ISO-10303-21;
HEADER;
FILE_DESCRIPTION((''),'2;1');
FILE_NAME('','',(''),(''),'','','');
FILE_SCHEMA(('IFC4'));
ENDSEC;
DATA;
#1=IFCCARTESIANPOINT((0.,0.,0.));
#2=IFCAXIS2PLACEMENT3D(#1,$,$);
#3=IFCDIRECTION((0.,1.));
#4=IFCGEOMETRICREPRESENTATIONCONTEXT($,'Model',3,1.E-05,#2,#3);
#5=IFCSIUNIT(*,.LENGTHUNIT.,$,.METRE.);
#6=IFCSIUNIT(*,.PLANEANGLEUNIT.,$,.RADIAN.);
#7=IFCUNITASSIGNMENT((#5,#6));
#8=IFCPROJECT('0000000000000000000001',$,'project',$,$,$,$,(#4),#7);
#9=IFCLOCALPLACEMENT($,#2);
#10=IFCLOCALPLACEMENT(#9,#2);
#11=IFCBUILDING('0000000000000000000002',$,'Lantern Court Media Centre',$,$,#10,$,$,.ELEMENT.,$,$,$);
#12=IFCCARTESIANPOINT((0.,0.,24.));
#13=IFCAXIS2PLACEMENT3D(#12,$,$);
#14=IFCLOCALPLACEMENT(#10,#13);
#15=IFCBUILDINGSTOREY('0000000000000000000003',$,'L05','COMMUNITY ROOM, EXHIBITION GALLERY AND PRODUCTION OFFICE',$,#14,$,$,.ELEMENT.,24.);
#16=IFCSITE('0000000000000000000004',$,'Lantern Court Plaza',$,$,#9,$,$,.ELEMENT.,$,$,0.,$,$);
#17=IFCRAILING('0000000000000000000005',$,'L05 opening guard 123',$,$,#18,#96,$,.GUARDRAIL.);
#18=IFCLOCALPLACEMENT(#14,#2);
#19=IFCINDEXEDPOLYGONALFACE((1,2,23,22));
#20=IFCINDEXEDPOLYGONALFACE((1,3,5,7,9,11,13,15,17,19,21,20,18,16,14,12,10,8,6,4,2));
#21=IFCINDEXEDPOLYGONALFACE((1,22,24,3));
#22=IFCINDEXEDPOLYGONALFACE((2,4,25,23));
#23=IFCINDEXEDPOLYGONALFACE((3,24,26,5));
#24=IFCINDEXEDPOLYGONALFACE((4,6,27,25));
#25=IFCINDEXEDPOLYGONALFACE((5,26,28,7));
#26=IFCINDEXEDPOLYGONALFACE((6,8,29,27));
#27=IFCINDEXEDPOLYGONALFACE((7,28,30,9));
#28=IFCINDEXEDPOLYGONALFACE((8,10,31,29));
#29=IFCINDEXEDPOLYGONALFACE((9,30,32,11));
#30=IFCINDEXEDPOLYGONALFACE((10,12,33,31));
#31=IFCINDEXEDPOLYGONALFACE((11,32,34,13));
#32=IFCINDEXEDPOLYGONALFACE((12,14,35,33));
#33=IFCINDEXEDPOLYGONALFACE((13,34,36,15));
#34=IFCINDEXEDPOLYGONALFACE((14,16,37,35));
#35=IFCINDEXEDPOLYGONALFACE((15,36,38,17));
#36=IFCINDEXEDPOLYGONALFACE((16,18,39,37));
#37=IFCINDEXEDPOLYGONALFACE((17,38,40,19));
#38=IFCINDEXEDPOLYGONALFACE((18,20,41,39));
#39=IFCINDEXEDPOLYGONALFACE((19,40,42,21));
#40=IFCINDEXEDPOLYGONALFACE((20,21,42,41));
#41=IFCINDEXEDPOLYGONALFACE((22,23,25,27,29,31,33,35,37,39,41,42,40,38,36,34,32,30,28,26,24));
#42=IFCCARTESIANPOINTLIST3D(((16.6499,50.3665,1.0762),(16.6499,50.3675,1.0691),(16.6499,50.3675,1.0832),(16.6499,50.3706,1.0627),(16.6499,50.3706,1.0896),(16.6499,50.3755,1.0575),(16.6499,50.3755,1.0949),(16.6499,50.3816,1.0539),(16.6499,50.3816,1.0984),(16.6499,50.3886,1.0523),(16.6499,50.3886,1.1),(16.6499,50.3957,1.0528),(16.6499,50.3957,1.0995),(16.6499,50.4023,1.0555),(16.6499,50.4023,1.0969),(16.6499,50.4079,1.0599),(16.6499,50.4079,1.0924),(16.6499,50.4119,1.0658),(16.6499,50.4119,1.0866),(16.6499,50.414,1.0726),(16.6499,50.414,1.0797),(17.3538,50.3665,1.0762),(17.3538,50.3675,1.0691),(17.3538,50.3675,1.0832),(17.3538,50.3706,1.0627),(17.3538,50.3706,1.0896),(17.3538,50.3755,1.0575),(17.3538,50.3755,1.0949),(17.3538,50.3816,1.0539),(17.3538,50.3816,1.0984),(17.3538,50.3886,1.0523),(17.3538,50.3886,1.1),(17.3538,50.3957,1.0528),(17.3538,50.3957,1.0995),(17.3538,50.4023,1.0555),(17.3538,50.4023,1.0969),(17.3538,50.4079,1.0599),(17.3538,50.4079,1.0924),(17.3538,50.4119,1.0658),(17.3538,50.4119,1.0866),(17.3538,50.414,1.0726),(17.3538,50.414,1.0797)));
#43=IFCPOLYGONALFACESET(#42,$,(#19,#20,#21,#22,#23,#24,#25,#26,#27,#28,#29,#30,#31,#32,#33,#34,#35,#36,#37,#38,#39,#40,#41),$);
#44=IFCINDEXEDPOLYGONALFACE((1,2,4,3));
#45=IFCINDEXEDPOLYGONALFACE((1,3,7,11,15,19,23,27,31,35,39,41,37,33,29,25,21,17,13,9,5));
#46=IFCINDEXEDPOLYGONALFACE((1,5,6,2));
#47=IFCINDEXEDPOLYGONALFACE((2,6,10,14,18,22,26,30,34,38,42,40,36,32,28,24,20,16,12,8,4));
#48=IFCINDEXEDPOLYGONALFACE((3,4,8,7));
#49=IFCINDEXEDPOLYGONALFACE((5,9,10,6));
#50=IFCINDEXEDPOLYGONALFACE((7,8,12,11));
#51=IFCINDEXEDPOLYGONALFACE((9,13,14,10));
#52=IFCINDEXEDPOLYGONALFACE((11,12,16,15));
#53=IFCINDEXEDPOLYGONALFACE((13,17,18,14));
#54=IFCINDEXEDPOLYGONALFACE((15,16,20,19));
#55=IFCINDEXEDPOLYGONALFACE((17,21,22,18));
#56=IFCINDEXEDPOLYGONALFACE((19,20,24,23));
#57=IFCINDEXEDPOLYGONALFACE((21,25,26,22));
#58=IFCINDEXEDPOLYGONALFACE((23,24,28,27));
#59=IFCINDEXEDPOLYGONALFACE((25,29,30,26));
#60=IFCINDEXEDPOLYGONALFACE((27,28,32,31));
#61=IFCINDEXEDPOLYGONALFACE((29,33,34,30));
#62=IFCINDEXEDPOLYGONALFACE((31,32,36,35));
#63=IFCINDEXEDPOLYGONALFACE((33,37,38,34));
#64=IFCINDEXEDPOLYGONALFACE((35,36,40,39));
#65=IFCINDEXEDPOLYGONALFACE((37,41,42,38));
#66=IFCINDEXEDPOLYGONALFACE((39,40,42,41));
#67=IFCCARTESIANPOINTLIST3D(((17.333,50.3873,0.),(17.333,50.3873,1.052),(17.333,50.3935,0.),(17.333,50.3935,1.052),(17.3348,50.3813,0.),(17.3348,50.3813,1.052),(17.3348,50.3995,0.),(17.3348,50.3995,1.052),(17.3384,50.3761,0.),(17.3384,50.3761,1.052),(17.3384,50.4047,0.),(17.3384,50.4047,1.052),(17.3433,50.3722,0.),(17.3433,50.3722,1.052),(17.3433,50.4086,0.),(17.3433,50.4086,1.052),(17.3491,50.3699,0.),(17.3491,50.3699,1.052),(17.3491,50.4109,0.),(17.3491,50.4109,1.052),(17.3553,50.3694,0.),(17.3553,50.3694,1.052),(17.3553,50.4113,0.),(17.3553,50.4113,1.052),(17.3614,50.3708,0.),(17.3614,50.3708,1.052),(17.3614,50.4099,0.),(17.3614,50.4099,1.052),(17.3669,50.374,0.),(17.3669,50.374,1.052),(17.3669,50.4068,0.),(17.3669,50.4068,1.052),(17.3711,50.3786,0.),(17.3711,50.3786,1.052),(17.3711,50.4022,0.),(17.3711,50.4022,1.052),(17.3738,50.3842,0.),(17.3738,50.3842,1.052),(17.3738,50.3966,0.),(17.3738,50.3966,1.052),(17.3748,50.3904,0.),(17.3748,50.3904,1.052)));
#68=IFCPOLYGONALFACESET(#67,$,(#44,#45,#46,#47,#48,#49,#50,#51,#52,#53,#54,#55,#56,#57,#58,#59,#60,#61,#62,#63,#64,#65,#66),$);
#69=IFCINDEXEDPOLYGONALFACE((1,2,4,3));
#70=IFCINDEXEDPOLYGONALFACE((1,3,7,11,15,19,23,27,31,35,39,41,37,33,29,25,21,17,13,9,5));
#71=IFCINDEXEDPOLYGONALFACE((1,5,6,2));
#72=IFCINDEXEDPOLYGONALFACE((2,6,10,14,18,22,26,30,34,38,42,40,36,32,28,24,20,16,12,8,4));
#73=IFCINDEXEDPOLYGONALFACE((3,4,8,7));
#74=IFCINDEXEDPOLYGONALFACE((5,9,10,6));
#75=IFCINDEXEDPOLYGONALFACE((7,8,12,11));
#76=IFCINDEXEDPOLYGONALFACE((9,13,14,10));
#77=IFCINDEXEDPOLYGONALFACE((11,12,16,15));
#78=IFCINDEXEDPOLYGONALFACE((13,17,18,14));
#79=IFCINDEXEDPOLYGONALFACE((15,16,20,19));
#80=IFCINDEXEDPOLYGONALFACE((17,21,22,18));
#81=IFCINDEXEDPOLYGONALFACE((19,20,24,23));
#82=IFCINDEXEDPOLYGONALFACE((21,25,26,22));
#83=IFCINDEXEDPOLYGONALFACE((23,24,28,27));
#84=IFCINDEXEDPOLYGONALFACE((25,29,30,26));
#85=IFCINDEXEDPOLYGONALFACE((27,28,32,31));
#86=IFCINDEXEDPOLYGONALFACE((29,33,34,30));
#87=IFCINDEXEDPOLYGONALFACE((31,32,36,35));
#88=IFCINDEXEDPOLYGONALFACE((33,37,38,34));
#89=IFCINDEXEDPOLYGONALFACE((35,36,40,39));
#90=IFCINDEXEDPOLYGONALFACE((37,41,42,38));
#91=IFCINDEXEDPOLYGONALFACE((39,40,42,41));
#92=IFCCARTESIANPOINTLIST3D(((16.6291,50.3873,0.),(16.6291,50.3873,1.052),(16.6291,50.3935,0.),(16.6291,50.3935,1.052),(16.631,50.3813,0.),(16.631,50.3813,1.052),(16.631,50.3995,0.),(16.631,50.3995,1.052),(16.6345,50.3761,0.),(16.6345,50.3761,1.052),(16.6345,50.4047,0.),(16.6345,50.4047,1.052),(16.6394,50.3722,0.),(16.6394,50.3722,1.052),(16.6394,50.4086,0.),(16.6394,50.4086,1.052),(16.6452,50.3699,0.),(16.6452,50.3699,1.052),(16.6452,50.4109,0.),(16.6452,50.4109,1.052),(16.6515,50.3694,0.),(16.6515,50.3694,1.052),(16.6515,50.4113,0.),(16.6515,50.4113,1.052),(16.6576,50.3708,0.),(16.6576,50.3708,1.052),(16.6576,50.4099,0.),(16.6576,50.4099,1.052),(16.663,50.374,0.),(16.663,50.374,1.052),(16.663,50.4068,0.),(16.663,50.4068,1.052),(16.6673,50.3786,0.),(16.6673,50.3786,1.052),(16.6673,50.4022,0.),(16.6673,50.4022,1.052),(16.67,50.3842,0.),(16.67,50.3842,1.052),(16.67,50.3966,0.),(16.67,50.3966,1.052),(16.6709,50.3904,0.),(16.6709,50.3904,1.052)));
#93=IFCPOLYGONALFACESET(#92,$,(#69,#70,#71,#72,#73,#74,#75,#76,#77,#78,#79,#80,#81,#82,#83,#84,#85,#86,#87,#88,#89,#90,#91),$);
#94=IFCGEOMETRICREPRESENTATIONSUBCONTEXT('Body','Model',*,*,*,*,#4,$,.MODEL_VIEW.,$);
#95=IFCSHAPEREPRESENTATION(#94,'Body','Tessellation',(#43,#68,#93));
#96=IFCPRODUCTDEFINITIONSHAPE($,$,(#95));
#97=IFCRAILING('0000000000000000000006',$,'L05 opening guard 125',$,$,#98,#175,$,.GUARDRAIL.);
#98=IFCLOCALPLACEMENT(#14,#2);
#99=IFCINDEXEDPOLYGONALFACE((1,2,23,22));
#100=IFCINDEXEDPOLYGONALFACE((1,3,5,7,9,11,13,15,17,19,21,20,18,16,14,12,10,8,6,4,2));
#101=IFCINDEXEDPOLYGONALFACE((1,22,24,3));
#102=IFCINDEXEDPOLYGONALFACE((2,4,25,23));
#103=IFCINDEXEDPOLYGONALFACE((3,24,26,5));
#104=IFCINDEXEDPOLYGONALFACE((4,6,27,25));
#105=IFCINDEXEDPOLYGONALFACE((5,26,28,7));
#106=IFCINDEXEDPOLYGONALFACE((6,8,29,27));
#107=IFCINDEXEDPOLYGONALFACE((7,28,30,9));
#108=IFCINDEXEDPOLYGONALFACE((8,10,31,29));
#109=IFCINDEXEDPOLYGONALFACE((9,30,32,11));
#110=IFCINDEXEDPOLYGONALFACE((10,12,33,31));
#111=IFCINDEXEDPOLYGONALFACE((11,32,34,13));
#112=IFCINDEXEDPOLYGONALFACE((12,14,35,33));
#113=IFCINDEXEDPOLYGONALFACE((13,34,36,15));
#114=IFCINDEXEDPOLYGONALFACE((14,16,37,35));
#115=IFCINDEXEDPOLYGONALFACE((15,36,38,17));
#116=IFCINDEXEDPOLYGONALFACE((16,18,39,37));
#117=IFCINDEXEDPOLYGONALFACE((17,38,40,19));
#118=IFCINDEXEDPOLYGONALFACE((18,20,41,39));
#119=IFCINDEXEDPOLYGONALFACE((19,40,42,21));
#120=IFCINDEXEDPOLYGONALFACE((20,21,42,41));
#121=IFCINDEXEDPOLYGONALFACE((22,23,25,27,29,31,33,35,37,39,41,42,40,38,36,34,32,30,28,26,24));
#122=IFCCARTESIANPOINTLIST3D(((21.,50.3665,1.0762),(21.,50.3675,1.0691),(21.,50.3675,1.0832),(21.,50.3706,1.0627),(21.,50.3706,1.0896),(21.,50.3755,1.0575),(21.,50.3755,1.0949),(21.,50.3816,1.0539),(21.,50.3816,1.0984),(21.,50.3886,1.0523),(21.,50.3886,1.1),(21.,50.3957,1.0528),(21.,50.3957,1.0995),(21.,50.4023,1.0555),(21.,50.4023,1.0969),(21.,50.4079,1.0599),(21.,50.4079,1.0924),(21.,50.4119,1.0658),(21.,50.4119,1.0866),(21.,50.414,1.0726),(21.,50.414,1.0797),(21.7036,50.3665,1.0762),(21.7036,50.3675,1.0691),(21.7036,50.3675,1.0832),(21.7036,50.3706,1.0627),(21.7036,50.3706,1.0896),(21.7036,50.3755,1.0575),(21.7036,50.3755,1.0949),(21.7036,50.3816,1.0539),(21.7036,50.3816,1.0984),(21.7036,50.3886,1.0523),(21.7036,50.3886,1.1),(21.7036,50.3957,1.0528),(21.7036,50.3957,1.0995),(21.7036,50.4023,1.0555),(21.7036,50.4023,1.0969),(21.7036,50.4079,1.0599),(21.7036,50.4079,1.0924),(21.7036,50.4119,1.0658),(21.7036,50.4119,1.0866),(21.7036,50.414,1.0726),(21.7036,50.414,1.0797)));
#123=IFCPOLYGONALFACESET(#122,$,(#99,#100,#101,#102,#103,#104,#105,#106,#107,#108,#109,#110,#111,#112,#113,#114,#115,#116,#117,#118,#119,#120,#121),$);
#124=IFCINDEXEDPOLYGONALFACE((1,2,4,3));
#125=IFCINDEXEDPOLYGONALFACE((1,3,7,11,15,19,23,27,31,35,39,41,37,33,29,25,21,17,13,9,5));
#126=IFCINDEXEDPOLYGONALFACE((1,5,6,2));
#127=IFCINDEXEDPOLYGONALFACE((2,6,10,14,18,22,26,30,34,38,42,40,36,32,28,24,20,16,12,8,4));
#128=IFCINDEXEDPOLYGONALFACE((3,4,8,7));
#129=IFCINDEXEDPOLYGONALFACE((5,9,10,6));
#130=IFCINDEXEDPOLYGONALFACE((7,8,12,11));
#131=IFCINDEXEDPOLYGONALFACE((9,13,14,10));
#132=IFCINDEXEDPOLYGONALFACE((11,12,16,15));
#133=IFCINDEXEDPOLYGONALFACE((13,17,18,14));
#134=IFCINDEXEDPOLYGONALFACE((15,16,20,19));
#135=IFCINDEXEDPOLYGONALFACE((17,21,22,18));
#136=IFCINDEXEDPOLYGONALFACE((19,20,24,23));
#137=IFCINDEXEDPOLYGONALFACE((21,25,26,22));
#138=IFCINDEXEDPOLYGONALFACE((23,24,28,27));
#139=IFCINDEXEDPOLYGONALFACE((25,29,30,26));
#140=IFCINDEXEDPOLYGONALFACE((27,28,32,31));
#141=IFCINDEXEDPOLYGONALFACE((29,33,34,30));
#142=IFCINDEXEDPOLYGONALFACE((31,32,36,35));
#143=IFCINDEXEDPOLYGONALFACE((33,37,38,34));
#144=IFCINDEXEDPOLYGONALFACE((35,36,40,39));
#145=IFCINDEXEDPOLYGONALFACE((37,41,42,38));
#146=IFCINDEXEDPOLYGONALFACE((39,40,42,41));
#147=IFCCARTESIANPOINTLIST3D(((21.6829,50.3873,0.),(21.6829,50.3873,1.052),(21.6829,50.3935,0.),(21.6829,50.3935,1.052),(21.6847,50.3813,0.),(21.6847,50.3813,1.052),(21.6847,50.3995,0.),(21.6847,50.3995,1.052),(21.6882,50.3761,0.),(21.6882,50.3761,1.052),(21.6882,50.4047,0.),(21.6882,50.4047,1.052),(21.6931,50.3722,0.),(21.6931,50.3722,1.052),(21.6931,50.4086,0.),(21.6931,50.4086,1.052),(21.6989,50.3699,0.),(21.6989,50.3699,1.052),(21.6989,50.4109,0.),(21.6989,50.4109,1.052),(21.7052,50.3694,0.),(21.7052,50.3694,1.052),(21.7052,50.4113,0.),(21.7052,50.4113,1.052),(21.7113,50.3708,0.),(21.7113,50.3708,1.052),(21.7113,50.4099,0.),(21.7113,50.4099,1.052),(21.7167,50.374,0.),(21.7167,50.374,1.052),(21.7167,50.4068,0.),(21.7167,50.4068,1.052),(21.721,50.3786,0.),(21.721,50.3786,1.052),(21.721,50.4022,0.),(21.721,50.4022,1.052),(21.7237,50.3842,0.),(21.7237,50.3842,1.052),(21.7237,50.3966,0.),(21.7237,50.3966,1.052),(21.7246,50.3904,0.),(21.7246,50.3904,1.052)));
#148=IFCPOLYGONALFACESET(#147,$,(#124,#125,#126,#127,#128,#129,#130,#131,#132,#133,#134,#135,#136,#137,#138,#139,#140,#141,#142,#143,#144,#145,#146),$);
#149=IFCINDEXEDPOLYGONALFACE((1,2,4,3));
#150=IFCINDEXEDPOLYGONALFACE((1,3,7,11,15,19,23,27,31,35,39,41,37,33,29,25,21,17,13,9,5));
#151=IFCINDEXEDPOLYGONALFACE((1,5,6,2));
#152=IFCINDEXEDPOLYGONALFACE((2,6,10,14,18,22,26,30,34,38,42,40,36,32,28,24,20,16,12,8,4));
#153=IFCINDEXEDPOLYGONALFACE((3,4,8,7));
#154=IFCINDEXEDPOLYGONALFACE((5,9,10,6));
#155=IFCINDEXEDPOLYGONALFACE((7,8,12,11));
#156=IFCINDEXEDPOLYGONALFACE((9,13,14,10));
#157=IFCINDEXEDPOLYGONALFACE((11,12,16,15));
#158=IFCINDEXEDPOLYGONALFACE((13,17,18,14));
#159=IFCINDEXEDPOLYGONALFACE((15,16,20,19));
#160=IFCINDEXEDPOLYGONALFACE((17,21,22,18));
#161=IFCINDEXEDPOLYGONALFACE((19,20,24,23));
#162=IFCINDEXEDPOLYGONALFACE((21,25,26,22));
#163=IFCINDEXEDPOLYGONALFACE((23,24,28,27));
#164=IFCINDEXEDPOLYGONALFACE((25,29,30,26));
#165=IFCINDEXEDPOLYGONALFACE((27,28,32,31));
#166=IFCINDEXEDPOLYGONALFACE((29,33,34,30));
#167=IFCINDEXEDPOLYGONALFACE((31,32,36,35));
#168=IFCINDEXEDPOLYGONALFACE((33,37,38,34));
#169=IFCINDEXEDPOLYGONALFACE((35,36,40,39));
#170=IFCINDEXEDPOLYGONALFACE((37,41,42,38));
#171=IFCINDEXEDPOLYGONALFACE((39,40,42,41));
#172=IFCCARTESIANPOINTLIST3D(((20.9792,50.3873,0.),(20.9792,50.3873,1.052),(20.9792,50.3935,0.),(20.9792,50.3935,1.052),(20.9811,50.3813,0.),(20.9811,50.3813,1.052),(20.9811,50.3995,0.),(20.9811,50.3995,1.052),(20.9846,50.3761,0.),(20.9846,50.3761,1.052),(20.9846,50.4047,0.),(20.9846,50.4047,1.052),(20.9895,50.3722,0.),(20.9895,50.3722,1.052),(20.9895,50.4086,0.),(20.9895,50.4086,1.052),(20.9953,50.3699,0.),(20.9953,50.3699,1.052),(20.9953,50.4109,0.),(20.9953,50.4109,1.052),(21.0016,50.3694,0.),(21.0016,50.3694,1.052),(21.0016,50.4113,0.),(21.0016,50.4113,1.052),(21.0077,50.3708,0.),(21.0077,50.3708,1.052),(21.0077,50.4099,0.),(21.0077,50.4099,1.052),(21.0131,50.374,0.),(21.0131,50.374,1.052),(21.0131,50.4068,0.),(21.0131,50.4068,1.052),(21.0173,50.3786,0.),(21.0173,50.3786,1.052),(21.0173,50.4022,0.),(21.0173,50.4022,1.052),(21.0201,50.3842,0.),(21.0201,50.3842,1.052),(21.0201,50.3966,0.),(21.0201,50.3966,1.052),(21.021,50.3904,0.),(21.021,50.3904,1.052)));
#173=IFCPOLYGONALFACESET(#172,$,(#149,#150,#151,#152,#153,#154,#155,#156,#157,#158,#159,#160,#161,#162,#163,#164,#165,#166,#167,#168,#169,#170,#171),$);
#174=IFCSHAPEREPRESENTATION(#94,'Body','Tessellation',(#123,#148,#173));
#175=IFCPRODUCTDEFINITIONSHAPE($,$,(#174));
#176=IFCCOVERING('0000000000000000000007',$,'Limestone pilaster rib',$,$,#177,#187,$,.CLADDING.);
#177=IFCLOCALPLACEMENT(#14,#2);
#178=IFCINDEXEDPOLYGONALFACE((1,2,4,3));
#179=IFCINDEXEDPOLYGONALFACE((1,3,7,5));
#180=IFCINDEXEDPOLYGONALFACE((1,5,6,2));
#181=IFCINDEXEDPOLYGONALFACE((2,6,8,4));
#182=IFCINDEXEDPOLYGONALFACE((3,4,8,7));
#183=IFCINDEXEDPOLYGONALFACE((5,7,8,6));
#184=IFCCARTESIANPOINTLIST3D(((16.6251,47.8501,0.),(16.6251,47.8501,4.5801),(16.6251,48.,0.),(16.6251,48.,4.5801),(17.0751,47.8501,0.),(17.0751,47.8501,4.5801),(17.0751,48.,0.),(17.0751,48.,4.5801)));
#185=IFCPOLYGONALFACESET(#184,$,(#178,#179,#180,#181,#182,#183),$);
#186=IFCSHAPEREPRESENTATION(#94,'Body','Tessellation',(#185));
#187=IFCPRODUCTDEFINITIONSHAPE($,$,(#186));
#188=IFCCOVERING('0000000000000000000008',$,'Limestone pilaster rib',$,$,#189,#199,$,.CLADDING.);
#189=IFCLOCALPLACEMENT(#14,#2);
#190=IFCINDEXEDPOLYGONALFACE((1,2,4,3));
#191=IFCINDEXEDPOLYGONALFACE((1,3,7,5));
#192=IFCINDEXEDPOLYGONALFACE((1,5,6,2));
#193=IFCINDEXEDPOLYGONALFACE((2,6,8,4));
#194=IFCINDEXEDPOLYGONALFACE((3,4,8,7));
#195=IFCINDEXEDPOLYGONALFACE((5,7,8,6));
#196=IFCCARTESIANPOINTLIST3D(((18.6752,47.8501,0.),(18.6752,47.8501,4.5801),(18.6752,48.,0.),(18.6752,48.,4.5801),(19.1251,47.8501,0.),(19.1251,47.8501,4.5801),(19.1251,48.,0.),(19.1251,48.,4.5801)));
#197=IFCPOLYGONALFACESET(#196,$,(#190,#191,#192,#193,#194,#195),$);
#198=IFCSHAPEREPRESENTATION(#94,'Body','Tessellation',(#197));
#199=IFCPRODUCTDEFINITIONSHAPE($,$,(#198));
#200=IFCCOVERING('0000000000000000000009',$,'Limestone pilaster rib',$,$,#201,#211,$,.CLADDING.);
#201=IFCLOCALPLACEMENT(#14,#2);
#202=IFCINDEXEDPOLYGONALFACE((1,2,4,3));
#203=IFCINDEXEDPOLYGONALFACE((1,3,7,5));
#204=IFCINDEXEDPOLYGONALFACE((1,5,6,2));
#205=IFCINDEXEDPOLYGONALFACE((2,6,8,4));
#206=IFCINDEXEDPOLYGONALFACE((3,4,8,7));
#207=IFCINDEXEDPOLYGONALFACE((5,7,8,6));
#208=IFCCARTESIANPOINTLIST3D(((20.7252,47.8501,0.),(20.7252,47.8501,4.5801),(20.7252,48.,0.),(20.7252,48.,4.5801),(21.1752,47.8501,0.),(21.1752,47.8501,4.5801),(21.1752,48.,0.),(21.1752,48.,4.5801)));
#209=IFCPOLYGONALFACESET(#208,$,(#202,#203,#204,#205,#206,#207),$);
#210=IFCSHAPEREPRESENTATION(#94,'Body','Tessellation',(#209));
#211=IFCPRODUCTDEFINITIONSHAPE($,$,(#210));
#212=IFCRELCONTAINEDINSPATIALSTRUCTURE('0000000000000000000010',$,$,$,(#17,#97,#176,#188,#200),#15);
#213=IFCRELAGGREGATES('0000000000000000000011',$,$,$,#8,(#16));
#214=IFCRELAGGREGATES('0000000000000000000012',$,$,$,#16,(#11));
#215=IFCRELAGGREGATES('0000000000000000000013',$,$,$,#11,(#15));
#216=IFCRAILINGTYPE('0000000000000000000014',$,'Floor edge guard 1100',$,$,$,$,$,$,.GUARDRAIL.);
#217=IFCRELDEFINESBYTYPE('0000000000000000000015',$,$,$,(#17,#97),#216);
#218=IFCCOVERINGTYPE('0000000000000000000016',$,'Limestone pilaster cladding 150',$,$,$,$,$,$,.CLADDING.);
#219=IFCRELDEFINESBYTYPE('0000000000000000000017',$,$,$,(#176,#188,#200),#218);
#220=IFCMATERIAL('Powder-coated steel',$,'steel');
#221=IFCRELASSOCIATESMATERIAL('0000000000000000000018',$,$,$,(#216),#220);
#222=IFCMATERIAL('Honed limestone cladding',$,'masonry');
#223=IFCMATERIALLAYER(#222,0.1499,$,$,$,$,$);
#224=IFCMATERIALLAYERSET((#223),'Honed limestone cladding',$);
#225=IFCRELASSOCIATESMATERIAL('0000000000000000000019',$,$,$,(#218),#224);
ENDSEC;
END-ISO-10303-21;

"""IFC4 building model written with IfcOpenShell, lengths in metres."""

from ifc_helpers import new_model, si_unit, direction, frame, frame_2d, origin, origin_2d, place, context, subcontext, project, spatial, rectangle, circle, extrude, material, layer, layer_set, type_object, element, save


model = new_model("IFC4")

# Units and contexts
model_context = context("Model", 3, precision=1e-05, world=origin(), true_north=direction((0.0, 1.0)))
body_context = subcontext(model_context, "Body", "Model", "MODEL_VIEW")
ifc_project = project(units=[si_unit("LENGTHUNIT", "METRE"), si_unit("PLANEANGLEUNIT", "RADIAN")], contexts=[model_context])

# Site, building, storey
site_placement = place(None, origin())
site = spatial("IfcSite", under=ifc_project, at=site_placement, Name="Lantern Court Plaza", CompositionType="ELEMENT", RefElevation=0.0)
building_placement = place(site_placement, origin())
building = spatial("IfcBuilding", under=site, at=building_placement, Name="Lantern Court Media Centre", CompositionType="ELEMENT")
storey_placement = place(building_placement, frame((0.0, 0.0, 24.0)))
storey = spatial("IfcBuildingStorey", under=building, at=storey_placement, Name="L05", Description="COMMUNITY ROOM, EXHIBITION GALLERY AND PRODUCTION OFFICE", CompositionType="ELEMENT", Elevation=24.0)

# Railings
ifc_material_1 = material(Name="Powder-coated steel", Category="steel")
railing_type_1 = type_object("IfcRailingType", Name="Floor edge guard 1100", PredefinedType="GUARDRAIL", material=ifc_material_1)
railing_1_placement = place(storey_placement, frame((17.3538, 50.3904, 0.0)))
element("IfcRailing", 1, at=railing_1_placement, inside=storey, type_object=railing_type_1, Name="L05 opening guard 123", PredefinedType="GUARDRAIL", context=body_context, shape_type="SweptSolid", body=[
    extrude(circle(Radius=0.0239, at=origin_2d()), frame((0.0, 0.0, 1.0762), z_axis=(-1.0, 0.0, 0.0), x_axis=(0.0, -1.0, 0.0)), (0.0, 0.0, 1.0), 0.7039),
    extrude(circle(Radius=0.021, at=origin_2d()), origin(), (0.0, 0.0, 1.0), 1.052),
    extrude(circle(Radius=0.021, at=origin_2d()), frame((-0.7039, 0.0, 0.0)), (0.0, 0.0, 1.0), 1.052),
])
railing_2_placement = place(storey_placement, frame((21.7036, 50.3904, 0.0)))
element("IfcRailing", 2, at=railing_2_placement, inside=storey, type_object=railing_type_1, Name="L05 opening guard 125", PredefinedType="GUARDRAIL", context=body_context, shape_type="SweptSolid", body=[
    extrude(circle(Radius=0.0239, at=origin_2d()), frame((0.0, 0.0, 1.0762), z_axis=(-1.0, 0.0, 0.0), x_axis=(0.0, -1.0, 0.0)), (0.0, 0.0, 1.0), 0.7036),
    extrude(circle(Radius=0.021, at=origin_2d()), origin(), (0.0, 0.0, 1.0), 1.052),
    extrude(circle(Radius=0.021, at=origin_2d()), frame((-0.7036, 0.0, 0.0)), (0.0, 0.0, 1.0), 1.052),
])

# Coverings
ifc_material_2 = material(Name="Honed limestone cladding", Category="masonry")
ifc_layer_1 = layer(ifc_material_2, 0.1499)
ifc_layer_set_1 = layer_set([ifc_layer_1], Name="Honed limestone cladding")
covering_type = type_object("IfcCoveringType", Name="Limestone pilaster cladding 150", PredefinedType="CLADDING", material=ifc_layer_set_1)
for number, where, z_axis, x_axis, name in (
    (3, (16.625, 47.925, 0.0), (0.0, 0.0, 1.0), (1.0, 0.0, 0.0), "Limestone pilaster rib"),
    (4, (18.675, 47.925, 0.0), (0.0, 0.0, 1.0), (1.0, 0.0, 0.0), "Limestone pilaster rib"),
    (5, (20.7251, 47.925, 0.0), (0.0, 0.0, 1.0), (1.0, 0.0, 0.0), "Limestone pilaster rib"),
):
    element("IfcCovering", number, at=place(storey_placement, frame(where, z_axis=z_axis, x_axis=x_axis)), inside=storey, type_object=covering_type, Name=name, PredefinedType="CLADDING", context=body_context, shape_type="SweptSolid", body=[
        extrude(rectangle(XDim=0.45, YDim=0.1499, at=frame_2d((0.2251, 0.0))), origin(), (0.0, 0.0, 1.0), 4.5801),
    ])

save(model, "model.ifc")
